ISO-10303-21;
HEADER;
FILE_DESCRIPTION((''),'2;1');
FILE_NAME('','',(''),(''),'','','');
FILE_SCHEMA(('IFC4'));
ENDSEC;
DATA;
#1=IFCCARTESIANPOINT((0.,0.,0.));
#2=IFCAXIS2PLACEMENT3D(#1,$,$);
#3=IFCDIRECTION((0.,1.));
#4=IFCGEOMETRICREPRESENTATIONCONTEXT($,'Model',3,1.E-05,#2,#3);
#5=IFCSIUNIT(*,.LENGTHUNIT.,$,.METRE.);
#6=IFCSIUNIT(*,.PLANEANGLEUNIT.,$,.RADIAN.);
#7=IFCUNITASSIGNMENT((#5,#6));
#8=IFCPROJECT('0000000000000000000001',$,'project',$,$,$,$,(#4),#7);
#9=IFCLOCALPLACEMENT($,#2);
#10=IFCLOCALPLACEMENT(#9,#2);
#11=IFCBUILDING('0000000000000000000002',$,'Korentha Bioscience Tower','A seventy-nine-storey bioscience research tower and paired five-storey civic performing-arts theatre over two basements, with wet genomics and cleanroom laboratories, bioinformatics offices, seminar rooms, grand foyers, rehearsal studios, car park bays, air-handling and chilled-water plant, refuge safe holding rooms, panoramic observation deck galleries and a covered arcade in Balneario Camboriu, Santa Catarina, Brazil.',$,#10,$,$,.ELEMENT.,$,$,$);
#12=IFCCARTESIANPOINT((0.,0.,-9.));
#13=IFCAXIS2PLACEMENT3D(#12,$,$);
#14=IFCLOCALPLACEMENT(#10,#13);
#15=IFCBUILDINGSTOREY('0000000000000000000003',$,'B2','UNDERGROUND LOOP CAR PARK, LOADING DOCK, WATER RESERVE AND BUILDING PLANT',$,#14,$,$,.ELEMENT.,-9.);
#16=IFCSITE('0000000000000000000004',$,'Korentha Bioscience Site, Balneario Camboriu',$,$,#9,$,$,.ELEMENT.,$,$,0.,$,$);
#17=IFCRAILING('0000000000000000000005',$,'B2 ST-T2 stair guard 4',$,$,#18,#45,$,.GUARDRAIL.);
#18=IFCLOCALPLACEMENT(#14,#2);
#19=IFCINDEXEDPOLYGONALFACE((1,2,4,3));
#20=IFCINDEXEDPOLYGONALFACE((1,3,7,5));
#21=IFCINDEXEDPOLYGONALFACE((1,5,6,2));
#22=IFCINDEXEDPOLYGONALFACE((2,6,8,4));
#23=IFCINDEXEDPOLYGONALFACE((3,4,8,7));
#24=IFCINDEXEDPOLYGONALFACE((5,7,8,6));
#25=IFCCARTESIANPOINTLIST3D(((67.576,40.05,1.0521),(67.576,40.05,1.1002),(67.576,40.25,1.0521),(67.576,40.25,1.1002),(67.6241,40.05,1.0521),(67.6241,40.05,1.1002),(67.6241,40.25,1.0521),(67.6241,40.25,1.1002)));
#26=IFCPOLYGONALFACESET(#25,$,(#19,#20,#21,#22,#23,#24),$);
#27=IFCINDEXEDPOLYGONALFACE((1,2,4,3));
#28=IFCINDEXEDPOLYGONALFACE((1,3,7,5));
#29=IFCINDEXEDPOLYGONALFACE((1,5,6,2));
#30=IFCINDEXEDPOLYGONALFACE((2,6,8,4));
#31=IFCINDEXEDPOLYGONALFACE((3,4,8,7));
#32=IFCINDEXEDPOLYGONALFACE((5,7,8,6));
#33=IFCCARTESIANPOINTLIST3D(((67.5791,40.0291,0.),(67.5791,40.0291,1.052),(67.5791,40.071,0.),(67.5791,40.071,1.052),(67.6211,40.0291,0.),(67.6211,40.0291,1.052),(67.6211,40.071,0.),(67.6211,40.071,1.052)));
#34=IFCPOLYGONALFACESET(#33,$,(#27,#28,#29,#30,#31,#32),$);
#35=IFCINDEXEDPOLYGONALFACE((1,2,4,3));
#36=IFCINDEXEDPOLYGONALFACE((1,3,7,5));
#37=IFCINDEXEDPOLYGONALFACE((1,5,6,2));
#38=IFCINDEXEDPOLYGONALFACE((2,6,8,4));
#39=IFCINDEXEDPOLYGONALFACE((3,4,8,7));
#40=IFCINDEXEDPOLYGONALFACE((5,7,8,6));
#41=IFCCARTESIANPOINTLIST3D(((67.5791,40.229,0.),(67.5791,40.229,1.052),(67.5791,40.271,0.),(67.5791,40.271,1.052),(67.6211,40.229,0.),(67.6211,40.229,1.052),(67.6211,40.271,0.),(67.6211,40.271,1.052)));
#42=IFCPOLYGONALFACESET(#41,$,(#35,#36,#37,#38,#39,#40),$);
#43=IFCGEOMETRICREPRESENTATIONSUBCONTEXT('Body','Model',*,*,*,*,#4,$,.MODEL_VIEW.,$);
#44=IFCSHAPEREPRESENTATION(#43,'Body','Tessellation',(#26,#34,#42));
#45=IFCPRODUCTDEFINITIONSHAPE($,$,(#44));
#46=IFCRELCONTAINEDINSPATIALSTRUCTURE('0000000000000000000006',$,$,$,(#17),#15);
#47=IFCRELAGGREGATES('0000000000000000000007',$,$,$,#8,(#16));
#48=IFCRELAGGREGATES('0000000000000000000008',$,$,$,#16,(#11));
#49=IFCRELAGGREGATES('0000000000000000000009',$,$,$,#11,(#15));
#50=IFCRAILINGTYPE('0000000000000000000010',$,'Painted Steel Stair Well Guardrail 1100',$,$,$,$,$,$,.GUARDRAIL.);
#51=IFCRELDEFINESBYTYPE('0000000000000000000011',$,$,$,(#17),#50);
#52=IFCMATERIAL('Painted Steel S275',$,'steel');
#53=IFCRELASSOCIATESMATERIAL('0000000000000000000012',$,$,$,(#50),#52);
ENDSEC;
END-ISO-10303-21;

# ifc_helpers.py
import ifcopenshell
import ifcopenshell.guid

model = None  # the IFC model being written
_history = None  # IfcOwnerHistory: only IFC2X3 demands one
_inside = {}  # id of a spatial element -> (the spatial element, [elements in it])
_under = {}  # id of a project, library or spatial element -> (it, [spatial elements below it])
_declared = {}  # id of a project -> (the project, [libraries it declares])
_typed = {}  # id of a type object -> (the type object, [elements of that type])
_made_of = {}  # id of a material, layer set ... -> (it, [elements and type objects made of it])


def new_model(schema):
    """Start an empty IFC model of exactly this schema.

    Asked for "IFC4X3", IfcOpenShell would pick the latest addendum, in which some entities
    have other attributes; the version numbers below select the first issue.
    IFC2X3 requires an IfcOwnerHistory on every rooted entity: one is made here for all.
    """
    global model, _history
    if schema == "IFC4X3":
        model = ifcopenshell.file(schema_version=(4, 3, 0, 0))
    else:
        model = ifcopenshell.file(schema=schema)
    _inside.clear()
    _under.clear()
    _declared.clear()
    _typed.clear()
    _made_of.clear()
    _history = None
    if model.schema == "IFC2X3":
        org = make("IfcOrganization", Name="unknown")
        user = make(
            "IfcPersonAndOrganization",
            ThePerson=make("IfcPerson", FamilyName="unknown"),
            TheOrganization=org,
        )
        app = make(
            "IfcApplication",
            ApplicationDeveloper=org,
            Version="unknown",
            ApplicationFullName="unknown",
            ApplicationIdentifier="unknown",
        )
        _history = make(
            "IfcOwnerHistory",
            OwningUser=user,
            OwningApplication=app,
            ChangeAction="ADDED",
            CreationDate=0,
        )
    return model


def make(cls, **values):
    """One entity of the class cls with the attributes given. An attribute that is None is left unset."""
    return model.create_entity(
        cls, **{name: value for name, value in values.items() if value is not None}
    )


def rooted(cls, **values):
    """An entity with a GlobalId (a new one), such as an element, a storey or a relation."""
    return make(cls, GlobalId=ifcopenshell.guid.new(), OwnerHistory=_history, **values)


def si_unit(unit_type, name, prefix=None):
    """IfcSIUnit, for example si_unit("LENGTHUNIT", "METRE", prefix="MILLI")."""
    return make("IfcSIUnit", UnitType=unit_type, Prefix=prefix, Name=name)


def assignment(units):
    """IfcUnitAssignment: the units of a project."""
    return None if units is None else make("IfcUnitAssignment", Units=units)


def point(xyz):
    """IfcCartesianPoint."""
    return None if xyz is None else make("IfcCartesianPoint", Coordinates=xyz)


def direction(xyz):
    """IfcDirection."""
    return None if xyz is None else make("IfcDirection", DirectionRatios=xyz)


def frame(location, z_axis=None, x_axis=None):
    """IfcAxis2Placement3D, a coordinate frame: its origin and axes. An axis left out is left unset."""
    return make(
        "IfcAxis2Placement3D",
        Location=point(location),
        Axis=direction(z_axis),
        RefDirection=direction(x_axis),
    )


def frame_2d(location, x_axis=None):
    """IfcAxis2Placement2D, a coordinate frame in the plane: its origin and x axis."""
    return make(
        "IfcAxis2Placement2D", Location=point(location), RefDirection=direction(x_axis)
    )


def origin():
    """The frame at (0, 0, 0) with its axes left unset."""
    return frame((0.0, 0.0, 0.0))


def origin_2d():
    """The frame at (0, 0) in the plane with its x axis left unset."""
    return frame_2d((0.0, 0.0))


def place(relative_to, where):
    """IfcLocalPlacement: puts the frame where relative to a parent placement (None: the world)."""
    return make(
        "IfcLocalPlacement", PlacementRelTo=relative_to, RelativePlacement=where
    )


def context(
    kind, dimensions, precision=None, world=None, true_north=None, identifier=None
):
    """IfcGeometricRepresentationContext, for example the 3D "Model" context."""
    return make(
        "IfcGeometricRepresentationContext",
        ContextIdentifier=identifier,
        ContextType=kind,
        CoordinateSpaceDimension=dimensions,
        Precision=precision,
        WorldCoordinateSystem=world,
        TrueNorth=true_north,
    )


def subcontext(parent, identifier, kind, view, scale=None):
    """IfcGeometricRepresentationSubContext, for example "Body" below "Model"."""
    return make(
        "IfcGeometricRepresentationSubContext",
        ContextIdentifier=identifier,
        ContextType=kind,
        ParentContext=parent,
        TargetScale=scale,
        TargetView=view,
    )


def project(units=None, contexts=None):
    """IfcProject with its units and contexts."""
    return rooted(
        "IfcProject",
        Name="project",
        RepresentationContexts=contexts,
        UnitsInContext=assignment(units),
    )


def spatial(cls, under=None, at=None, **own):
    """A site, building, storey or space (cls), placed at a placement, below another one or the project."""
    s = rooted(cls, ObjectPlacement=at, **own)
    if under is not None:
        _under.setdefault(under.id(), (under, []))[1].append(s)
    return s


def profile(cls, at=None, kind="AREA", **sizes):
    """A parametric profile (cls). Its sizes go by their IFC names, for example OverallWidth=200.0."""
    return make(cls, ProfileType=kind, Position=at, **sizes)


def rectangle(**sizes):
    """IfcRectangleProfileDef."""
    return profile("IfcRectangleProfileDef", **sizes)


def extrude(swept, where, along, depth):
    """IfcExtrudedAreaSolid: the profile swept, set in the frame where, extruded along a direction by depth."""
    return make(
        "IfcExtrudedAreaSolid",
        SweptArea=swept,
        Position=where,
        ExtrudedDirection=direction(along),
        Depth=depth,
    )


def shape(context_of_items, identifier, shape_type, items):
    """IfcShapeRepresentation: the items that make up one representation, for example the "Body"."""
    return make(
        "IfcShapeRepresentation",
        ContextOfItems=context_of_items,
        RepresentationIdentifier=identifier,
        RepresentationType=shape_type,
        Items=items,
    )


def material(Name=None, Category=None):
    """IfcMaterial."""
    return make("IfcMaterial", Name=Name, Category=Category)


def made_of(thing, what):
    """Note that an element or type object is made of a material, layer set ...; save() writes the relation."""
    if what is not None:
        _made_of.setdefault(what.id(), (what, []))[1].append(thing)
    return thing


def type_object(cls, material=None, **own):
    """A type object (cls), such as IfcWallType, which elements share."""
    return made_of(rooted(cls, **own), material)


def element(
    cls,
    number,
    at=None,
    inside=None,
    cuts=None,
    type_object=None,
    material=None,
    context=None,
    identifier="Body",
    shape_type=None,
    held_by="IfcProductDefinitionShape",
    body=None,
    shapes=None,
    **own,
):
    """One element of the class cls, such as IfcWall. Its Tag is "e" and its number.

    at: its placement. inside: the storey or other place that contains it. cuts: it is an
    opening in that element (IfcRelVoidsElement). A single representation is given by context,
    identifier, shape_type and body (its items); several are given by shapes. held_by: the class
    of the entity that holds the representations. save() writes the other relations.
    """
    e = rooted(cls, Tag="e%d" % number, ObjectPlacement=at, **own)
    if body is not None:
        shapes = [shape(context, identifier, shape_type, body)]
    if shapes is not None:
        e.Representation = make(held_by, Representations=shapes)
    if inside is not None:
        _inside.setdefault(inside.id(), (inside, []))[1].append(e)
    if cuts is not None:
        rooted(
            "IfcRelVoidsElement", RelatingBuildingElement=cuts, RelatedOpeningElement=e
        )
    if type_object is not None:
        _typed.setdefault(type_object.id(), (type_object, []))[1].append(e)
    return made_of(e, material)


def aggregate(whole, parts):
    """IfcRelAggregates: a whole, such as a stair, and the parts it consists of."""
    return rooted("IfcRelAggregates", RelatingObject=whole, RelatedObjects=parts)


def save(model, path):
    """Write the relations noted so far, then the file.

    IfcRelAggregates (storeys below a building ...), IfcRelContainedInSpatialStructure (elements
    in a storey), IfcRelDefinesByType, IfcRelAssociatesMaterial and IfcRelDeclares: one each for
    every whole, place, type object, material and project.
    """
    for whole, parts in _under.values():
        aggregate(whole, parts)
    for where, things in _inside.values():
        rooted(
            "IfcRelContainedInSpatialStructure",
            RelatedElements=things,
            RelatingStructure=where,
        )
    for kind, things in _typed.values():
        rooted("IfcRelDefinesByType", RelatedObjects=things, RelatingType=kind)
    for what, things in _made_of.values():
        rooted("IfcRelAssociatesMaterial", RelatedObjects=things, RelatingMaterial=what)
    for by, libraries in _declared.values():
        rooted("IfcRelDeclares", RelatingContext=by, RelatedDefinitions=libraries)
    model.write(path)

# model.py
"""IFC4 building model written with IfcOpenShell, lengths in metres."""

from ifc_helpers import new_model, si_unit, direction, frame, origin, origin_2d, place, context, subcontext, project, spatial, rectangle, extrude, material, type_object, element, save


model = new_model("IFC4")

# Units and contexts
model_context = context("Model", 3, precision=1e-05, world=origin(), true_north=direction((0.0, 1.0)))
body_context = subcontext(model_context, "Body", "Model", "MODEL_VIEW")
ifc_project = project(units=[si_unit("LENGTHUNIT", "METRE"), si_unit("PLANEANGLEUNIT", "RADIAN")], contexts=[model_context])

# Site, building, storey
site_placement = place(None, origin())
site = spatial("IfcSite", under=ifc_project, at=site_placement, Name="Korentha Bioscience Site, Balneario Camboriu", CompositionType="ELEMENT", RefElevation=0.0)
building_placement = place(site_placement, origin())
building = spatial("IfcBuilding", under=site, at=building_placement, Name="Korentha Bioscience Tower", Description="A seventy-nine-storey bioscience research tower and paired five-storey civic performing-arts theatre over two basements, with wet genomics and cleanroom laboratories, bioinformatics offices, seminar rooms, grand foyers, rehearsal studios, car park bays, air-handling and chilled-water plant, refuge safe holding rooms, panoramic observation deck galleries and a covered arcade in Balneario Camboriu, Santa Catarina, Brazil.", CompositionType="ELEMENT")
storey_placement = place(building_placement, frame((0.0, 0.0, -9.0)))
storey = spatial("IfcBuildingStorey", under=building, at=storey_placement, Name="B2", Description="UNDERGROUND LOOP CAR PARK, LOADING DOCK, WATER RESERVE AND BUILDING PLANT", CompositionType="ELEMENT", Elevation=-9.0)

# Railing
ifc_material_1 = material(Name="Painted Steel S275", Category="steel")
railing_type_1 = type_object("IfcRailingType", Name="Painted Steel Stair Well Guardrail 1100", PredefinedType="GUARDRAIL", material=ifc_material_1)
railing_1_placement = place(storey_placement, frame((67.6001, 40.05, 0.0)))
element("IfcRailing", 1, at=railing_1_placement, inside=storey, type_object=railing_type_1, Name="B2 ST-T2 stair guard 4", PredefinedType="GUARDRAIL", context=body_context, shape_type="SweptSolid", body=[
    extrude(rectangle(XDim=0.0481, YDim=0.0481, at=origin_2d()), frame((0.0, 0.0, 1.0762), z_axis=(0.0, 1.0, 0.0), x_axis=(-1.0, 0.0, 0.0)), (0.0, 0.0, 1.0), 0.2),
    extrude(rectangle(XDim=0.042, YDim=0.042, at=origin_2d()), origin(), (0.0, 0.0, 1.0), 1.052),
    extrude(rectangle(XDim=0.042, YDim=0.042, at=origin_2d()), frame((0.0, 0.2, 0.0)), (0.0, 0.0, 1.0), 1.052),
])

save(model, "model.ifc")
